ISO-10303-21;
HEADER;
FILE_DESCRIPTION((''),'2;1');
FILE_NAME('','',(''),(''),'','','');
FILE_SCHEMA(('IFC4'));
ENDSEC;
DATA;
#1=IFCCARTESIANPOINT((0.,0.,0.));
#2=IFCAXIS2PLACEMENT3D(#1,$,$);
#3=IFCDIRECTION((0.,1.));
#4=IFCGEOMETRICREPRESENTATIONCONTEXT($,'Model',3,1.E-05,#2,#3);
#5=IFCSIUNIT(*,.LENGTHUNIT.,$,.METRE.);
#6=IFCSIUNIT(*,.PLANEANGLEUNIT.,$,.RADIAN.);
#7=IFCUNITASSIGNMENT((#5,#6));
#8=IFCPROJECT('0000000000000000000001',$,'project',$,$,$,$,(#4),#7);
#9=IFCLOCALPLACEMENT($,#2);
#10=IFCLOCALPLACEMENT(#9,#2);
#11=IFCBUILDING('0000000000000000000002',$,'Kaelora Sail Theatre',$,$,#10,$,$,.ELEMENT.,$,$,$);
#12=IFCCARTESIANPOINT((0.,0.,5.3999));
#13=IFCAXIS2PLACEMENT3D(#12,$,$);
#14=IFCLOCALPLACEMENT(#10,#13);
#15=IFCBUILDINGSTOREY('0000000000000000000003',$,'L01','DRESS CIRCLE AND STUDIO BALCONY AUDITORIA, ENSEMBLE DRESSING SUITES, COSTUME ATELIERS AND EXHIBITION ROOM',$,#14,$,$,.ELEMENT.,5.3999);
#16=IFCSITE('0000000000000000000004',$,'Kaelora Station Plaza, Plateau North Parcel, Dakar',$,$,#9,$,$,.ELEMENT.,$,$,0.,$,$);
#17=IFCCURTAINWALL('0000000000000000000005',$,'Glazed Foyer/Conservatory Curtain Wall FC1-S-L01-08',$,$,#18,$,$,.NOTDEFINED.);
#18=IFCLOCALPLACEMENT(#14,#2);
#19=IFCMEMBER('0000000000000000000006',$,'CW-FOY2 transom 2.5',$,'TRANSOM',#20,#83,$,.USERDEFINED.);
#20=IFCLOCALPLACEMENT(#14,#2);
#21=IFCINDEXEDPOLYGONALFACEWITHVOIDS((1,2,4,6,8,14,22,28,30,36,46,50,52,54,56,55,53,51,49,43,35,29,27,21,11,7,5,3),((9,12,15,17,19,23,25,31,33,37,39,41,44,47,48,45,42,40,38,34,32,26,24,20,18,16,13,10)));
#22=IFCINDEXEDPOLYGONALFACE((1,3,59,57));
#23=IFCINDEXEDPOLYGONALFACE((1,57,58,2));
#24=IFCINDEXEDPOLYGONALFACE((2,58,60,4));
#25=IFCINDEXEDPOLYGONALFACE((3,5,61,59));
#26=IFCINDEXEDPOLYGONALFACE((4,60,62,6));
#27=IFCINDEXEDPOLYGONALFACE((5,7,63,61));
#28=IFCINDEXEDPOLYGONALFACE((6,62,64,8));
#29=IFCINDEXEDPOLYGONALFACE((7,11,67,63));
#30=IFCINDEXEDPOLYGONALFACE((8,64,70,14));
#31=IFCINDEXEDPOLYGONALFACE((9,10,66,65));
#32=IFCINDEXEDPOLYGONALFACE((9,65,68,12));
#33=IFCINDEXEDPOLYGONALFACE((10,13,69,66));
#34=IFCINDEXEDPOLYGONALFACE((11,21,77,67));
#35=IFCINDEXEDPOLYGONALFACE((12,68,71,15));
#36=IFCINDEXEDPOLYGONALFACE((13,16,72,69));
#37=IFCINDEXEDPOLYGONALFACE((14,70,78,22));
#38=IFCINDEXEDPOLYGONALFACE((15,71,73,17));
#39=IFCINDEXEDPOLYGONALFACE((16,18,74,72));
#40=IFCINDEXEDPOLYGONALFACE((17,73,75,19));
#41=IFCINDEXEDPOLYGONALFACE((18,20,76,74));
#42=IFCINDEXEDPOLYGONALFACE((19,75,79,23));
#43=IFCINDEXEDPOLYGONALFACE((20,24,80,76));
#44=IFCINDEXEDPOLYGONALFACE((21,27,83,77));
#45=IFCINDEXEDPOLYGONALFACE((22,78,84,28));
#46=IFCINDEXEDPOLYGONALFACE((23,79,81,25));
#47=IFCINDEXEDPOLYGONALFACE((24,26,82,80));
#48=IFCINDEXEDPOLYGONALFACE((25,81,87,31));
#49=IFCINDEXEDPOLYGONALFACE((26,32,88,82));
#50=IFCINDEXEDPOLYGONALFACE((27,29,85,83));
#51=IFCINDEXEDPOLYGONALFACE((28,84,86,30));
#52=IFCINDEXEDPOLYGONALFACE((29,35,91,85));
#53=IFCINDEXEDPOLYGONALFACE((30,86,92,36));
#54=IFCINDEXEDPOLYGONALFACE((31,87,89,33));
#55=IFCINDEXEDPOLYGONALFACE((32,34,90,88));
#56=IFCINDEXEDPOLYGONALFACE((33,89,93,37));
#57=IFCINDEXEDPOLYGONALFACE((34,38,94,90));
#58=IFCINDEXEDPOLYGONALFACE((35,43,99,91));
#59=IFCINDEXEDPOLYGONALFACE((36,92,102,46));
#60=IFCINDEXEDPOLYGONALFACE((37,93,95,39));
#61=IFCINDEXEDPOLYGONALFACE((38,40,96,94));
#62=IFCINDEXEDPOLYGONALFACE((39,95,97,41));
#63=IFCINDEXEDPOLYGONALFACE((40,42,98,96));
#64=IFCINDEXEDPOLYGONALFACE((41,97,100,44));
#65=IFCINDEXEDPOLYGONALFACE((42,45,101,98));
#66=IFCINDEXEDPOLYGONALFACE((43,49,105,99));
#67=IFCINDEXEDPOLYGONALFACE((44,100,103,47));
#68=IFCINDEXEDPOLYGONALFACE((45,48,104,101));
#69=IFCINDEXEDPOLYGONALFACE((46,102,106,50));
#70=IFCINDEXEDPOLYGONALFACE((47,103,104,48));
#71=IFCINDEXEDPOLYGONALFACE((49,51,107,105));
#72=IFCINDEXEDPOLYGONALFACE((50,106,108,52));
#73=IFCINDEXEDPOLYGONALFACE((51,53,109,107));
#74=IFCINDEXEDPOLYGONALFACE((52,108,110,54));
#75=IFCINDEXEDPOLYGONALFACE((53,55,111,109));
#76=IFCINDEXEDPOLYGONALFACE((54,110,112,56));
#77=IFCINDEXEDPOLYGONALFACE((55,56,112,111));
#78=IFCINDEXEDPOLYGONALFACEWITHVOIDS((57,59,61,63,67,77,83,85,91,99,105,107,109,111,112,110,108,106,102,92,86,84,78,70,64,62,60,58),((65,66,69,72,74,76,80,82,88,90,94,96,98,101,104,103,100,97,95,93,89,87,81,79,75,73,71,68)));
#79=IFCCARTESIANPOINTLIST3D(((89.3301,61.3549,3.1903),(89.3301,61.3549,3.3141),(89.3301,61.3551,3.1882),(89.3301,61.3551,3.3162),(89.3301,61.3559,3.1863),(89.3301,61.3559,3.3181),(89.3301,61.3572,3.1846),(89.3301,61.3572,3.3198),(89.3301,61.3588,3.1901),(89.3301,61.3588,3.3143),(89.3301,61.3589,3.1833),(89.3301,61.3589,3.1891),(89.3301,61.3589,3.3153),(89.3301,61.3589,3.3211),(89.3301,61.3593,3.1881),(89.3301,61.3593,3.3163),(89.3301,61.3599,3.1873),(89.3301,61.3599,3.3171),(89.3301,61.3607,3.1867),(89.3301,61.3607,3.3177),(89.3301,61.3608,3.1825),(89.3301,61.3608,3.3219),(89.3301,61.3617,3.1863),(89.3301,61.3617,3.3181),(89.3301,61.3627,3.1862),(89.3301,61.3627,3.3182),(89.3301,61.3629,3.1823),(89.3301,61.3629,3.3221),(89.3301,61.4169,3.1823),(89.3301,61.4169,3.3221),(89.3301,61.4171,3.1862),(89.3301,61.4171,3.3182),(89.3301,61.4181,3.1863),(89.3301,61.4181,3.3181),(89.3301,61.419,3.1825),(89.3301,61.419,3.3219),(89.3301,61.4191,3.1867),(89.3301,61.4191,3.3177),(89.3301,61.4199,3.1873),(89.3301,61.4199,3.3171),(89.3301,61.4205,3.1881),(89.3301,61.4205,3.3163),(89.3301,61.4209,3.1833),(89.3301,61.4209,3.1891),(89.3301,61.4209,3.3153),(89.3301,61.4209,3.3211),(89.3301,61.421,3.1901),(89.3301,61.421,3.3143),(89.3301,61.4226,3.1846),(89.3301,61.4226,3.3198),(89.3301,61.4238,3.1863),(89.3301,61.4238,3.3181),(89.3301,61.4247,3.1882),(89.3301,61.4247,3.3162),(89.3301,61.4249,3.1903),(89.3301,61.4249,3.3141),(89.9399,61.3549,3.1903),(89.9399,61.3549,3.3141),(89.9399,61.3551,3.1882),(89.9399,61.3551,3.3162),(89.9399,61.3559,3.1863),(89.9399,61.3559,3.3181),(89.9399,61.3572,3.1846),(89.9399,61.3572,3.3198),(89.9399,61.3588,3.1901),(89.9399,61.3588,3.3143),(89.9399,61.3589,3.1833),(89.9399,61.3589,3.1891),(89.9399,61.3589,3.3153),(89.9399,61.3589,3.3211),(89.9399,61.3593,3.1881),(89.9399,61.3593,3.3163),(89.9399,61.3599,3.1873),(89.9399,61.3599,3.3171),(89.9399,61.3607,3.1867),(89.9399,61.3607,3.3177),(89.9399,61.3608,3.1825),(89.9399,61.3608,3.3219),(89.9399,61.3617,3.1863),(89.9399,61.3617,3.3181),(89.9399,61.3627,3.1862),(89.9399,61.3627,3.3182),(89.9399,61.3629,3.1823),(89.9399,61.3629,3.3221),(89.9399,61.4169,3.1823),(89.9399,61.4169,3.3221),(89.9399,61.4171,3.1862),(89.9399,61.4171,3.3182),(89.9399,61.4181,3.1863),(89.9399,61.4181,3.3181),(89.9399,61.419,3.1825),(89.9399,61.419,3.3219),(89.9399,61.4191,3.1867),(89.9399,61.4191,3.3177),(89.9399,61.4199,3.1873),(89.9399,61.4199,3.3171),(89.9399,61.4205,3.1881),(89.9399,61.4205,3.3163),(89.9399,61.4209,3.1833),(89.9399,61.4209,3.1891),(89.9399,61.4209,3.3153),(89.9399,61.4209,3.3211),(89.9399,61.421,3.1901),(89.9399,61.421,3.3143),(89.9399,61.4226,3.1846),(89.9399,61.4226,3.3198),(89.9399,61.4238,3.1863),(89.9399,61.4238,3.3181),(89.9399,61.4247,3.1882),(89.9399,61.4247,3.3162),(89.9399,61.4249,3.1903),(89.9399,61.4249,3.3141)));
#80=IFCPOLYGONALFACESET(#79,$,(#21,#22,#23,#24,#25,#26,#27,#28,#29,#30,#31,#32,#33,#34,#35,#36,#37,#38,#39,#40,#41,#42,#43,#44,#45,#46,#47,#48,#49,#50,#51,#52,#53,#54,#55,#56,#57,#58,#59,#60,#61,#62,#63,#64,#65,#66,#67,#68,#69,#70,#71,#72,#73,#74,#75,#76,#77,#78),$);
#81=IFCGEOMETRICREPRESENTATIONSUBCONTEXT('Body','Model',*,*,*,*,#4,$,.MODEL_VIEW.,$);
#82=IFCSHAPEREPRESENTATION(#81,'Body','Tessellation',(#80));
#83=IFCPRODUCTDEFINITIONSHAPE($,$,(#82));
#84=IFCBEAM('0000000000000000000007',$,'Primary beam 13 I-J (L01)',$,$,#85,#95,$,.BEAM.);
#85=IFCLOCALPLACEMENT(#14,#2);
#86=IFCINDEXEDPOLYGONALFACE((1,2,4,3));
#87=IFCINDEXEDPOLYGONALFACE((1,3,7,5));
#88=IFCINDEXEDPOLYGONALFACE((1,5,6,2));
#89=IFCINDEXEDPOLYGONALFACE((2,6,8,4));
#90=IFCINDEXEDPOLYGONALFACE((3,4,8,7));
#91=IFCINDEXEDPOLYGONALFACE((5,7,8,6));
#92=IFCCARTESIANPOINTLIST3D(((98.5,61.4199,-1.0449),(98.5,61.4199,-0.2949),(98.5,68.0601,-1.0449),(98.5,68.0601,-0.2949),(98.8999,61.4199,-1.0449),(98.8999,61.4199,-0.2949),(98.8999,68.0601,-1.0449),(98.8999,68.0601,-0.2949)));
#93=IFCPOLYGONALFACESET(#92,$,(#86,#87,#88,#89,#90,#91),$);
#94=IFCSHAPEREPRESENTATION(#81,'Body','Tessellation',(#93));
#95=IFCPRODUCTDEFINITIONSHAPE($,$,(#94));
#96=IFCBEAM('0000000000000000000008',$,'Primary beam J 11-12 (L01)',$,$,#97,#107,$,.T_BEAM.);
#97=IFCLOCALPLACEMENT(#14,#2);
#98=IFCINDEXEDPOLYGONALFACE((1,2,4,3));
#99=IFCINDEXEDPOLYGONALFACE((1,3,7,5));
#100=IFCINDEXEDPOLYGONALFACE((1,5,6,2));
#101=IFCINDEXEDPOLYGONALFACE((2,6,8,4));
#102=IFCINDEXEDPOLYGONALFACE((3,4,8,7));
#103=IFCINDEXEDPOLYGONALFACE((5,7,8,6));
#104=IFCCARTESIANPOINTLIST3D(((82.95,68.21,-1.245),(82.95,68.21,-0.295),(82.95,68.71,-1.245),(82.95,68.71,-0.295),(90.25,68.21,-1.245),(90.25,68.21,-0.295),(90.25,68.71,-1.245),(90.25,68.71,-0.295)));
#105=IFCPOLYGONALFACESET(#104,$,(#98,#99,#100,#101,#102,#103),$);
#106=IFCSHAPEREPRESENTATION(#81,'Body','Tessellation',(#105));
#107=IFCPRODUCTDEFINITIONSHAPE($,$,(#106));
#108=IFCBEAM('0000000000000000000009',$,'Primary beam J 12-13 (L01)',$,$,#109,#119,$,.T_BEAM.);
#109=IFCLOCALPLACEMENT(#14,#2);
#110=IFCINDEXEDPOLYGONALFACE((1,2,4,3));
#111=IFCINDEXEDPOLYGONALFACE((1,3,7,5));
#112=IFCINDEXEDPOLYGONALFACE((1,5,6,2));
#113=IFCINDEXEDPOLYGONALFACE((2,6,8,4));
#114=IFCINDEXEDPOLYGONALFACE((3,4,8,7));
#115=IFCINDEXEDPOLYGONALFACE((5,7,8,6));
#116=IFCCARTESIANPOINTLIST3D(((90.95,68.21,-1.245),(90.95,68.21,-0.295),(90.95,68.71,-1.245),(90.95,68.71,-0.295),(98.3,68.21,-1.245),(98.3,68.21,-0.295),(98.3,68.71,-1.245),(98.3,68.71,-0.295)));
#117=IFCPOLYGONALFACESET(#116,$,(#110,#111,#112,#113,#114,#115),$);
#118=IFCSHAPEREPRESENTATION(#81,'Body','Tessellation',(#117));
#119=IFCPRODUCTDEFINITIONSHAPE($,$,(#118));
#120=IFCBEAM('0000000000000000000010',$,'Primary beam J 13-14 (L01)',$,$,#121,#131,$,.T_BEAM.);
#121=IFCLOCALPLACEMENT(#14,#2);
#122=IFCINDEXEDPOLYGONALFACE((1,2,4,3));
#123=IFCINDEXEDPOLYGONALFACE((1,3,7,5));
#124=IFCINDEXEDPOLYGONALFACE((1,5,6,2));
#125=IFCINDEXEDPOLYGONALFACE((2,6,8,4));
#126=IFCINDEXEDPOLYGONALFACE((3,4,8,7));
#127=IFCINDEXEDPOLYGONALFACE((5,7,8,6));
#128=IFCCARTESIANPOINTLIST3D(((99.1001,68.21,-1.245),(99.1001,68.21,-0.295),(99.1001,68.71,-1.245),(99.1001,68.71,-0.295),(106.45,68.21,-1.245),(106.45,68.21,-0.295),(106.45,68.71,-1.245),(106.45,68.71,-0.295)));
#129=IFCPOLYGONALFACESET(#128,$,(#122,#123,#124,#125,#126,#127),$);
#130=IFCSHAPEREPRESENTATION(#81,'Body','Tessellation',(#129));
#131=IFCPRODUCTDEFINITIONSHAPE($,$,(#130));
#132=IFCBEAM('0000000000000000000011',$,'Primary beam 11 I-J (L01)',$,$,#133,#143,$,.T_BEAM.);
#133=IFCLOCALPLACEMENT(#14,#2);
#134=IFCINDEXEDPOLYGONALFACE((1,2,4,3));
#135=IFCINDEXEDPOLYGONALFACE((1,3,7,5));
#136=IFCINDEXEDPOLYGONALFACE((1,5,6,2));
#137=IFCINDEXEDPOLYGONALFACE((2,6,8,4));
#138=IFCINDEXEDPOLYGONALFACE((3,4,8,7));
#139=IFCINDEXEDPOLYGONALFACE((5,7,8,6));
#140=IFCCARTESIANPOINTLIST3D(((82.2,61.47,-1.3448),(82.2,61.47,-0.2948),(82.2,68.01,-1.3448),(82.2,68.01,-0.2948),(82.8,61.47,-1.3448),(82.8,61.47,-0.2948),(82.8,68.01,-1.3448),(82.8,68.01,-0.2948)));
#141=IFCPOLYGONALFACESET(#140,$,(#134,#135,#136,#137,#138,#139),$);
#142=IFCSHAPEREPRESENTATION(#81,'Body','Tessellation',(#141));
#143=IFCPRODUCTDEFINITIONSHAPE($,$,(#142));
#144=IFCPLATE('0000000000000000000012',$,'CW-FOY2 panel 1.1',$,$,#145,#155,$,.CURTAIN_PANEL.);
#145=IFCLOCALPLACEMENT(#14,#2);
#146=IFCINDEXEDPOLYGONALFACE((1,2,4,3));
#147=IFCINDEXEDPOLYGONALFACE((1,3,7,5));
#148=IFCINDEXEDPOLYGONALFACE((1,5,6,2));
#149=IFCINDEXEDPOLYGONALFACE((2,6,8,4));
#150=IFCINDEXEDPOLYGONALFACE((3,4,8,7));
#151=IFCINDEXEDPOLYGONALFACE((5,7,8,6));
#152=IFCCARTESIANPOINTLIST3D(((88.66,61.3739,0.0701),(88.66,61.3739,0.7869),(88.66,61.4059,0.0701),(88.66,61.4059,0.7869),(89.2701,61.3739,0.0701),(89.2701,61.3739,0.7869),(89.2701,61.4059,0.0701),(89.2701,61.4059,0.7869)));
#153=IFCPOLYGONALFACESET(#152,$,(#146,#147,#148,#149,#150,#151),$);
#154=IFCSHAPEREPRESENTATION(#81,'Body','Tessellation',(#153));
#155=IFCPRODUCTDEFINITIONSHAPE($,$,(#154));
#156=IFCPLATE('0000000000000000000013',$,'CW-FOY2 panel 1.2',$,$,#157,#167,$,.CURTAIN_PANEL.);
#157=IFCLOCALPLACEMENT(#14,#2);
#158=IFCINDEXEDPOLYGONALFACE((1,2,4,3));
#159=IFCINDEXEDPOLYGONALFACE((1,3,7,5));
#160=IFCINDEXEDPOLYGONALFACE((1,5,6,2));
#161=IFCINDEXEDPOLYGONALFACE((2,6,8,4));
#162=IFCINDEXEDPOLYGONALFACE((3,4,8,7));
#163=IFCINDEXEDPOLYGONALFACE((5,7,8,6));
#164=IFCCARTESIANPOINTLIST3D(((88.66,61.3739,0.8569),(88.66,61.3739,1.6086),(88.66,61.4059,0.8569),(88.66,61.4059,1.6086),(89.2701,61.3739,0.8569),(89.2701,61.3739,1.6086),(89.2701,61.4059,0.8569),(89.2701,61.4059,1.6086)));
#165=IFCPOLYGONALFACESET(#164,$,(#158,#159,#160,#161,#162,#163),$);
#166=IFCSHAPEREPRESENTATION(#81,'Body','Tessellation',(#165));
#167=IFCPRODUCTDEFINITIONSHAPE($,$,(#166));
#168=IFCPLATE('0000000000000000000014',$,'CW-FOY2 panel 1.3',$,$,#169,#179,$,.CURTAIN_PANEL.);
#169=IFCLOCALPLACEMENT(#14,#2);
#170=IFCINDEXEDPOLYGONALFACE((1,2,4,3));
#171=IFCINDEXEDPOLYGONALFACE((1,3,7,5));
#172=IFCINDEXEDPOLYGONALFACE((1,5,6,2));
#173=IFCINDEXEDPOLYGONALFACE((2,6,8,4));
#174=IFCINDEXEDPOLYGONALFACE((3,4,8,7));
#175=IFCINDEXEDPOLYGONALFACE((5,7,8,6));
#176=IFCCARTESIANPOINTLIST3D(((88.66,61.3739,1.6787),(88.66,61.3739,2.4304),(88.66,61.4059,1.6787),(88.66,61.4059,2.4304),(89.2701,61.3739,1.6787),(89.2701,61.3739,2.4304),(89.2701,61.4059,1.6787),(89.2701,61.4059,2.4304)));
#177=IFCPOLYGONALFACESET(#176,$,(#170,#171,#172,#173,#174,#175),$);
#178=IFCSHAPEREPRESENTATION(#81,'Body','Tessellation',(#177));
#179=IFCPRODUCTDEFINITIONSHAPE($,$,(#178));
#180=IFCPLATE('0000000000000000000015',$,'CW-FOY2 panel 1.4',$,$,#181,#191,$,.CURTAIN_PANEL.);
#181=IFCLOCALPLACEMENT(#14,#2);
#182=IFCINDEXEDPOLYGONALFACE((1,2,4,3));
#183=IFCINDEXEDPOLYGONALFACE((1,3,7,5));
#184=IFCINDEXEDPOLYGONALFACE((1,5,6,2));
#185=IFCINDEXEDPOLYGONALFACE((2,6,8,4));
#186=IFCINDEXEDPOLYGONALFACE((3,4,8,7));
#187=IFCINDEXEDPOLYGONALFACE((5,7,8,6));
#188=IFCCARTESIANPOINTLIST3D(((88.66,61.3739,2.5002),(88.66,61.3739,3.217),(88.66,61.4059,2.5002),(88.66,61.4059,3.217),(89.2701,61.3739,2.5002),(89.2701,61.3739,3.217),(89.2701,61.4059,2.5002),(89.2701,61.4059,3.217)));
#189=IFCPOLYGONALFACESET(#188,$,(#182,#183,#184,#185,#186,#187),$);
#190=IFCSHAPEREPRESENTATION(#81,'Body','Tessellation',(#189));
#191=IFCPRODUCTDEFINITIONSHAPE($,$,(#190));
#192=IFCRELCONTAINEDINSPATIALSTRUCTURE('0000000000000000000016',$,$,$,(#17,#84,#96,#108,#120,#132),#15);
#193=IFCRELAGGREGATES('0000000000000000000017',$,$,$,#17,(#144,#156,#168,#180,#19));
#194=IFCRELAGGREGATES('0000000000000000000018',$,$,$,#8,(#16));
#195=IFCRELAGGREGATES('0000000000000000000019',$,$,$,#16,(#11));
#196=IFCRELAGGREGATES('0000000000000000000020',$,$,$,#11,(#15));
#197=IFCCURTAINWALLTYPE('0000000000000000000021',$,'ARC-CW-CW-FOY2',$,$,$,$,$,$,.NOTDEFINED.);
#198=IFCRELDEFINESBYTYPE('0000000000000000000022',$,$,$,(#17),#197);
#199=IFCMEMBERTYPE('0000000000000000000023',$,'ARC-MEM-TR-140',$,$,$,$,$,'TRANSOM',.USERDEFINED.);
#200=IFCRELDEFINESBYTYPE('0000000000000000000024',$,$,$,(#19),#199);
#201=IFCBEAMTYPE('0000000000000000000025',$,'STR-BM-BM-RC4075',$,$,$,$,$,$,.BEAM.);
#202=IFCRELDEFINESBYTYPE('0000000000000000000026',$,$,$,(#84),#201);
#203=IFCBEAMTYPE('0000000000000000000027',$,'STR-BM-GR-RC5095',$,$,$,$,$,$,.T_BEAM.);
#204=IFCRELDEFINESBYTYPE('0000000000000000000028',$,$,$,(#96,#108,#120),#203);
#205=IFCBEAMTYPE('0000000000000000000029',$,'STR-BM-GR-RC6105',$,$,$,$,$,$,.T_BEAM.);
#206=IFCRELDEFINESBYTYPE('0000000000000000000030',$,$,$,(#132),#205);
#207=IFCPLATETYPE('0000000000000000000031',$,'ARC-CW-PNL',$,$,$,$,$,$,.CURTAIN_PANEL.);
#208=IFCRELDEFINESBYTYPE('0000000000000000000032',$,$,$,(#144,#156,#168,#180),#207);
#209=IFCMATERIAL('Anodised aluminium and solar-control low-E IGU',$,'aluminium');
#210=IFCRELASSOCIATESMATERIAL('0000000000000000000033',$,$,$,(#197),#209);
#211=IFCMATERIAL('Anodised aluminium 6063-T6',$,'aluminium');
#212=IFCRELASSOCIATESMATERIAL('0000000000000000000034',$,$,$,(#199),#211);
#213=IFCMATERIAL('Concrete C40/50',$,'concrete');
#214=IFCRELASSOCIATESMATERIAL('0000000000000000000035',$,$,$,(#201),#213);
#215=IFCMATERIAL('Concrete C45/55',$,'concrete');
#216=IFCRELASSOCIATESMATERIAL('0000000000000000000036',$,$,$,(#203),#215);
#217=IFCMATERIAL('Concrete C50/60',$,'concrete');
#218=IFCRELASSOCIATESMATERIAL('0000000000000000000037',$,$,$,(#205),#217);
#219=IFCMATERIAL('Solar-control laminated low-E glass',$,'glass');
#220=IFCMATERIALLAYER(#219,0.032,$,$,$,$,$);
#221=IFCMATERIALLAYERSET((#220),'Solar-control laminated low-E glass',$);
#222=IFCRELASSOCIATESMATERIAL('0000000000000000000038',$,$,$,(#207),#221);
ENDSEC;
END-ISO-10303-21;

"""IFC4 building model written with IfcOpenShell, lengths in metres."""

from ifc_helpers import new_model, si_unit, direction, frame, origin, origin_2d, place, context, subcontext, project, spatial, rectangle, hollow_rectangle, extrude, material, layer, layer_set, material_profile, profile_set, type_object, element, aggregate, save


model = new_model("IFC4")

# Units and contexts
model_context = context("Model", 3, precision=1e-05, world=origin(), true_north=direction((0.0, 1.0)))
body_context = subcontext(model_context, "Body", "Model", "MODEL_VIEW")
ifc_project = project(units=[si_unit("LENGTHUNIT", "METRE"), si_unit("PLANEANGLEUNIT", "RADIAN")], contexts=[model_context])

# Site, building, storey
site_placement = place(None, origin())
site = spatial("IfcSite", under=ifc_project, at=site_placement, Name="Kaelora Station Plaza, Plateau North Parcel, Dakar", CompositionType="ELEMENT", RefElevation=0.0)
building_placement = place(site_placement, origin())
building = spatial("IfcBuilding", under=site, at=building_placement, Name="Kaelora Sail Theatre", CompositionType="ELEMENT")
storey_placement = place(building_placement, frame((0.0, 0.0, 5.3999)))
storey = spatial("IfcBuildingStorey", under=building, at=storey_placement, Name="L01", Description="DRESS CIRCLE AND STUDIO BALCONY AUDITORIA, ENSEMBLE DRESSING SUITES, COSTUME ATELIERS AND EXHIBITION ROOM", CompositionType="ELEMENT", Elevation=5.3999)

# Curtain wall, member
ifc_material_1 = material(Name="Anodised aluminium and solar-control low-E IGU", Category="aluminium")
curtain_wall_type = type_object("IfcCurtainWallType", Name="ARC-CW-CW-FOY2", PredefinedType="NOTDEFINED", material=ifc_material_1)
curtain_wall_placement = place(storey_placement, origin())
curtain_wall = element("IfcCurtainWall", 1, at=curtain_wall_placement, inside=storey, type_object=curtain_wall_type, Name="Glazed Foyer/Conservatory Curtain Wall FC1-S-L01-08", PredefinedType="NOTDEFINED")
ifc_material_2 = material(Name="Anodised aluminium 6063-T6", Category="aluminium")
ifc_material_profile_1 = material_profile(ifc_material_2, hollow_rectangle(XDim=0.0701, YDim=0.1399, WallThickness=0.0039, InnerFilletRadius=0.0039, OuterFilletRadius=0.0081, at=origin_2d()), Name="ALU-TRAN 70x140x4")
ifc_profile_set_1 = profile_set([ifc_material_profile_1], Name="Anodised aluminium 6063-T6")
member_type_1 = type_object("IfcMemberType", Name="ARC-MEM-TR-140", ElementType="TRANSOM", PredefinedType="USERDEFINED", material=ifc_profile_set_1)
member_1_placement = place(storey_placement, frame((89.3301, 61.3899, 3.2522), z_axis=(1.0, 0.0, 0.0), x_axis=(0.0, 1.0, 0.0)))
member_1 = element("IfcMember", 2, at=member_1_placement, type_object=member_type_1, Name="CW-FOY2 transom 2.5", ObjectType="TRANSOM", PredefinedType="USERDEFINED", context=body_context, shape_type="SweptSolid", body=[
    extrude(hollow_rectangle(XDim=0.0701, YDim=0.1399, WallThickness=0.0039, InnerFilletRadius=0.0039, OuterFilletRadius=0.0081, at=origin_2d()), origin(), (0.0, 0.0, 1.0), 0.6099),
])

# Beams
ifc_material_3 = material(Name="Concrete C40/50", Category="concrete")
ifc_material_profile_2 = material_profile(ifc_material_3, rectangle(XDim=0.3999, YDim=0.75, at=origin_2d()), Name="RC-BM 400x750")
ifc_profile_set_2 = profile_set([ifc_material_profile_2], Name="Concrete C40/50")
beam_type_1 = type_object("IfcBeamType", Name="STR-BM-BM-RC4075", PredefinedType="BEAM", material=ifc_profile_set_2)
beam_1_placement = place(storey_placement, frame((98.7, 61.4199, -0.6699), z_axis=(0.0, 1.0, 0.0), x_axis=(-1.0, 0.0, 0.0)))
element("IfcBeam", 3, at=beam_1_placement, inside=storey, type_object=beam_type_1, Name="Primary beam 13 I-J (L01)", PredefinedType="BEAM", context=body_context, shape_type="SweptSolid", body=[
    extrude(rectangle(XDim=0.3999, YDim=0.75, at=origin_2d()), origin(), (0.0, 0.0, 1.0), 6.6401),
])
ifc_material_4 = material(Name="Concrete C45/55", Category="concrete")
ifc_material_profile_3 = material_profile(ifc_material_4, rectangle(XDim=0.5, YDim=0.95, at=origin_2d()), Name="RC-GRD 500x950")
ifc_profile_set_3 = profile_set([ifc_material_profile_3], Name="Concrete C45/55")
beam_type_2 = type_object("IfcBeamType", Name="STR-BM-GR-RC5095", PredefinedType="T_BEAM", material=ifc_profile_set_3)
beam_2_placement = place(storey_placement, frame((82.95, 68.46, -0.77), z_axis=(1.0, 0.0, 0.0), x_axis=(0.0, 1.0, 0.0)))
element("IfcBeam", 4, at=beam_2_placement, inside=storey, type_object=beam_type_2, Name="Primary beam J 11-12 (L01)", PredefinedType="T_BEAM", context=body_context, shape_type="SweptSolid", body=[
    extrude(rectangle(XDim=0.5, YDim=0.95, at=origin_2d()), origin(), (0.0, 0.0, 1.0), 7.3),
])
beam_3_placement = place(storey_placement, frame((90.95, 68.46, -0.77), z_axis=(1.0, 0.0, 0.0), x_axis=(0.0, 1.0, 0.0)))
element("IfcBeam", 5, at=beam_3_placement, inside=storey, type_object=beam_type_2, Name="Primary beam J 12-13 (L01)", PredefinedType="T_BEAM", context=body_context, shape_type="SweptSolid", body=[
    extrude(rectangle(XDim=0.5, YDim=0.95, at=origin_2d()), origin(), (0.0, 0.0, 1.0), 7.3501),
])
beam_4_placement = place(storey_placement, frame((99.1001, 68.46, -0.77), z_axis=(1.0, 0.0, 0.0), x_axis=(0.0, 1.0, 0.0)))
element("IfcBeam", 6, at=beam_4_placement, inside=storey, type_object=beam_type_2, Name="Primary beam J 13-14 (L01)", PredefinedType="T_BEAM", context=body_context, shape_type="SweptSolid", body=[
    extrude(rectangle(XDim=0.5, YDim=0.95, at=origin_2d()), origin(), (0.0, 0.0, 1.0), 7.3499),
])
ifc_material_5 = material(Name="Concrete C50/60", Category="concrete")
ifc_material_profile_4 = material_profile(ifc_material_5, rectangle(XDim=0.6001, YDim=1.05, at=origin_2d()), Name="RC-GRD 600x1050")
ifc_profile_set_4 = profile_set([ifc_material_profile_4], Name="Concrete C50/60")
beam_type_3 = type_object("IfcBeamType", Name="STR-BM-GR-RC6105", PredefinedType="T_BEAM", material=ifc_profile_set_4)
beam_5_placement = place(storey_placement, frame((82.5, 61.47, -0.8198), z_axis=(0.0, 1.0, 0.0), x_axis=(-1.0, 0.0, 0.0)))
element("IfcBeam", 7, at=beam_5_placement, inside=storey, type_object=beam_type_3, Name="Primary beam 11 I-J (L01)", PredefinedType="T_BEAM", context=body_context, shape_type="SweptSolid", body=[
    extrude(rectangle(XDim=0.6001, YDim=1.05, at=origin_2d()), origin(), (0.0, 0.0, 1.0), 6.54),
])

# Plates
ifc_material_6 = material(Name="Solar-control laminated low-E glass", Category="glass")
ifc_layer_1 = layer(ifc_material_6, 0.032)
ifc_layer_set_1 = layer_set([ifc_layer_1], Name="Solar-control laminated low-E glass")
plate_type = type_object("IfcPlateType", Name="ARC-CW-PNL", PredefinedType="CURTAIN_PANEL", material=ifc_layer_set_1)
plate_1_placement = place(storey_placement, frame((88.9651, 61.3899, 0.0701), z_axis=(0.0, 0.0, 1.0), x_axis=(1.0, 0.0, 0.0)))
plate_1 = element("IfcPlate", 8, at=plate_1_placement, type_object=plate_type, Name="CW-FOY2 panel 1.1", PredefinedType="CURTAIN_PANEL", context=body_context, shape_type="SweptSolid", body=[
    extrude(rectangle(XDim=0.6101, YDim=0.032, at=origin_2d()), origin(), (0.0, 0.0, 1.0), 0.7168),
])
plate_2_placement = place(storey_placement, frame((88.9651, 61.3899, 0.8569), z_axis=(0.0, 0.0, 1.0), x_axis=(1.0, 0.0, 0.0)))
plate_2 = element("IfcPlate", 9, at=plate_2_placement, type_object=plate_type, Name="CW-FOY2 panel 1.2", PredefinedType="CURTAIN_PANEL", context=body_context, shape_type="SweptSolid", body=[
    extrude(rectangle(XDim=0.6101, YDim=0.032, at=origin_2d()), origin(), (0.0, 0.0, 1.0), 0.7517),
])
plate_3_placement = place(storey_placement, frame((88.9651, 61.3899, 1.6787), z_axis=(0.0, 0.0, 1.0), x_axis=(1.0, 0.0, 0.0)))
plate_3 = element("IfcPlate", 10, at=plate_3_placement, type_object=plate_type, Name="CW-FOY2 panel 1.3", PredefinedType="CURTAIN_PANEL", context=body_context, shape_type="SweptSolid", body=[
    extrude(rectangle(XDim=0.6101, YDim=0.032, at=origin_2d()), origin(), (0.0, 0.0, 1.0), 0.7517),
])
plate_4_placement = place(storey_placement, frame((88.9651, 61.3899, 2.5002), z_axis=(0.0, 0.0, 1.0), x_axis=(1.0, 0.0, 0.0)))
plate_4 = element("IfcPlate", 11, at=plate_4_placement, type_object=plate_type, Name="CW-FOY2 panel 1.4", PredefinedType="CURTAIN_PANEL", context=body_context, shape_type="SweptSolid", body=[
    extrude(rectangle(XDim=0.6101, YDim=0.032, at=origin_2d()), origin(), (0.0, 0.0, 1.0), 0.7168),
])
aggregate(curtain_wall, [plate_1, plate_2, plate_3, plate_4, member_1])

save(model, "model.ifc")
